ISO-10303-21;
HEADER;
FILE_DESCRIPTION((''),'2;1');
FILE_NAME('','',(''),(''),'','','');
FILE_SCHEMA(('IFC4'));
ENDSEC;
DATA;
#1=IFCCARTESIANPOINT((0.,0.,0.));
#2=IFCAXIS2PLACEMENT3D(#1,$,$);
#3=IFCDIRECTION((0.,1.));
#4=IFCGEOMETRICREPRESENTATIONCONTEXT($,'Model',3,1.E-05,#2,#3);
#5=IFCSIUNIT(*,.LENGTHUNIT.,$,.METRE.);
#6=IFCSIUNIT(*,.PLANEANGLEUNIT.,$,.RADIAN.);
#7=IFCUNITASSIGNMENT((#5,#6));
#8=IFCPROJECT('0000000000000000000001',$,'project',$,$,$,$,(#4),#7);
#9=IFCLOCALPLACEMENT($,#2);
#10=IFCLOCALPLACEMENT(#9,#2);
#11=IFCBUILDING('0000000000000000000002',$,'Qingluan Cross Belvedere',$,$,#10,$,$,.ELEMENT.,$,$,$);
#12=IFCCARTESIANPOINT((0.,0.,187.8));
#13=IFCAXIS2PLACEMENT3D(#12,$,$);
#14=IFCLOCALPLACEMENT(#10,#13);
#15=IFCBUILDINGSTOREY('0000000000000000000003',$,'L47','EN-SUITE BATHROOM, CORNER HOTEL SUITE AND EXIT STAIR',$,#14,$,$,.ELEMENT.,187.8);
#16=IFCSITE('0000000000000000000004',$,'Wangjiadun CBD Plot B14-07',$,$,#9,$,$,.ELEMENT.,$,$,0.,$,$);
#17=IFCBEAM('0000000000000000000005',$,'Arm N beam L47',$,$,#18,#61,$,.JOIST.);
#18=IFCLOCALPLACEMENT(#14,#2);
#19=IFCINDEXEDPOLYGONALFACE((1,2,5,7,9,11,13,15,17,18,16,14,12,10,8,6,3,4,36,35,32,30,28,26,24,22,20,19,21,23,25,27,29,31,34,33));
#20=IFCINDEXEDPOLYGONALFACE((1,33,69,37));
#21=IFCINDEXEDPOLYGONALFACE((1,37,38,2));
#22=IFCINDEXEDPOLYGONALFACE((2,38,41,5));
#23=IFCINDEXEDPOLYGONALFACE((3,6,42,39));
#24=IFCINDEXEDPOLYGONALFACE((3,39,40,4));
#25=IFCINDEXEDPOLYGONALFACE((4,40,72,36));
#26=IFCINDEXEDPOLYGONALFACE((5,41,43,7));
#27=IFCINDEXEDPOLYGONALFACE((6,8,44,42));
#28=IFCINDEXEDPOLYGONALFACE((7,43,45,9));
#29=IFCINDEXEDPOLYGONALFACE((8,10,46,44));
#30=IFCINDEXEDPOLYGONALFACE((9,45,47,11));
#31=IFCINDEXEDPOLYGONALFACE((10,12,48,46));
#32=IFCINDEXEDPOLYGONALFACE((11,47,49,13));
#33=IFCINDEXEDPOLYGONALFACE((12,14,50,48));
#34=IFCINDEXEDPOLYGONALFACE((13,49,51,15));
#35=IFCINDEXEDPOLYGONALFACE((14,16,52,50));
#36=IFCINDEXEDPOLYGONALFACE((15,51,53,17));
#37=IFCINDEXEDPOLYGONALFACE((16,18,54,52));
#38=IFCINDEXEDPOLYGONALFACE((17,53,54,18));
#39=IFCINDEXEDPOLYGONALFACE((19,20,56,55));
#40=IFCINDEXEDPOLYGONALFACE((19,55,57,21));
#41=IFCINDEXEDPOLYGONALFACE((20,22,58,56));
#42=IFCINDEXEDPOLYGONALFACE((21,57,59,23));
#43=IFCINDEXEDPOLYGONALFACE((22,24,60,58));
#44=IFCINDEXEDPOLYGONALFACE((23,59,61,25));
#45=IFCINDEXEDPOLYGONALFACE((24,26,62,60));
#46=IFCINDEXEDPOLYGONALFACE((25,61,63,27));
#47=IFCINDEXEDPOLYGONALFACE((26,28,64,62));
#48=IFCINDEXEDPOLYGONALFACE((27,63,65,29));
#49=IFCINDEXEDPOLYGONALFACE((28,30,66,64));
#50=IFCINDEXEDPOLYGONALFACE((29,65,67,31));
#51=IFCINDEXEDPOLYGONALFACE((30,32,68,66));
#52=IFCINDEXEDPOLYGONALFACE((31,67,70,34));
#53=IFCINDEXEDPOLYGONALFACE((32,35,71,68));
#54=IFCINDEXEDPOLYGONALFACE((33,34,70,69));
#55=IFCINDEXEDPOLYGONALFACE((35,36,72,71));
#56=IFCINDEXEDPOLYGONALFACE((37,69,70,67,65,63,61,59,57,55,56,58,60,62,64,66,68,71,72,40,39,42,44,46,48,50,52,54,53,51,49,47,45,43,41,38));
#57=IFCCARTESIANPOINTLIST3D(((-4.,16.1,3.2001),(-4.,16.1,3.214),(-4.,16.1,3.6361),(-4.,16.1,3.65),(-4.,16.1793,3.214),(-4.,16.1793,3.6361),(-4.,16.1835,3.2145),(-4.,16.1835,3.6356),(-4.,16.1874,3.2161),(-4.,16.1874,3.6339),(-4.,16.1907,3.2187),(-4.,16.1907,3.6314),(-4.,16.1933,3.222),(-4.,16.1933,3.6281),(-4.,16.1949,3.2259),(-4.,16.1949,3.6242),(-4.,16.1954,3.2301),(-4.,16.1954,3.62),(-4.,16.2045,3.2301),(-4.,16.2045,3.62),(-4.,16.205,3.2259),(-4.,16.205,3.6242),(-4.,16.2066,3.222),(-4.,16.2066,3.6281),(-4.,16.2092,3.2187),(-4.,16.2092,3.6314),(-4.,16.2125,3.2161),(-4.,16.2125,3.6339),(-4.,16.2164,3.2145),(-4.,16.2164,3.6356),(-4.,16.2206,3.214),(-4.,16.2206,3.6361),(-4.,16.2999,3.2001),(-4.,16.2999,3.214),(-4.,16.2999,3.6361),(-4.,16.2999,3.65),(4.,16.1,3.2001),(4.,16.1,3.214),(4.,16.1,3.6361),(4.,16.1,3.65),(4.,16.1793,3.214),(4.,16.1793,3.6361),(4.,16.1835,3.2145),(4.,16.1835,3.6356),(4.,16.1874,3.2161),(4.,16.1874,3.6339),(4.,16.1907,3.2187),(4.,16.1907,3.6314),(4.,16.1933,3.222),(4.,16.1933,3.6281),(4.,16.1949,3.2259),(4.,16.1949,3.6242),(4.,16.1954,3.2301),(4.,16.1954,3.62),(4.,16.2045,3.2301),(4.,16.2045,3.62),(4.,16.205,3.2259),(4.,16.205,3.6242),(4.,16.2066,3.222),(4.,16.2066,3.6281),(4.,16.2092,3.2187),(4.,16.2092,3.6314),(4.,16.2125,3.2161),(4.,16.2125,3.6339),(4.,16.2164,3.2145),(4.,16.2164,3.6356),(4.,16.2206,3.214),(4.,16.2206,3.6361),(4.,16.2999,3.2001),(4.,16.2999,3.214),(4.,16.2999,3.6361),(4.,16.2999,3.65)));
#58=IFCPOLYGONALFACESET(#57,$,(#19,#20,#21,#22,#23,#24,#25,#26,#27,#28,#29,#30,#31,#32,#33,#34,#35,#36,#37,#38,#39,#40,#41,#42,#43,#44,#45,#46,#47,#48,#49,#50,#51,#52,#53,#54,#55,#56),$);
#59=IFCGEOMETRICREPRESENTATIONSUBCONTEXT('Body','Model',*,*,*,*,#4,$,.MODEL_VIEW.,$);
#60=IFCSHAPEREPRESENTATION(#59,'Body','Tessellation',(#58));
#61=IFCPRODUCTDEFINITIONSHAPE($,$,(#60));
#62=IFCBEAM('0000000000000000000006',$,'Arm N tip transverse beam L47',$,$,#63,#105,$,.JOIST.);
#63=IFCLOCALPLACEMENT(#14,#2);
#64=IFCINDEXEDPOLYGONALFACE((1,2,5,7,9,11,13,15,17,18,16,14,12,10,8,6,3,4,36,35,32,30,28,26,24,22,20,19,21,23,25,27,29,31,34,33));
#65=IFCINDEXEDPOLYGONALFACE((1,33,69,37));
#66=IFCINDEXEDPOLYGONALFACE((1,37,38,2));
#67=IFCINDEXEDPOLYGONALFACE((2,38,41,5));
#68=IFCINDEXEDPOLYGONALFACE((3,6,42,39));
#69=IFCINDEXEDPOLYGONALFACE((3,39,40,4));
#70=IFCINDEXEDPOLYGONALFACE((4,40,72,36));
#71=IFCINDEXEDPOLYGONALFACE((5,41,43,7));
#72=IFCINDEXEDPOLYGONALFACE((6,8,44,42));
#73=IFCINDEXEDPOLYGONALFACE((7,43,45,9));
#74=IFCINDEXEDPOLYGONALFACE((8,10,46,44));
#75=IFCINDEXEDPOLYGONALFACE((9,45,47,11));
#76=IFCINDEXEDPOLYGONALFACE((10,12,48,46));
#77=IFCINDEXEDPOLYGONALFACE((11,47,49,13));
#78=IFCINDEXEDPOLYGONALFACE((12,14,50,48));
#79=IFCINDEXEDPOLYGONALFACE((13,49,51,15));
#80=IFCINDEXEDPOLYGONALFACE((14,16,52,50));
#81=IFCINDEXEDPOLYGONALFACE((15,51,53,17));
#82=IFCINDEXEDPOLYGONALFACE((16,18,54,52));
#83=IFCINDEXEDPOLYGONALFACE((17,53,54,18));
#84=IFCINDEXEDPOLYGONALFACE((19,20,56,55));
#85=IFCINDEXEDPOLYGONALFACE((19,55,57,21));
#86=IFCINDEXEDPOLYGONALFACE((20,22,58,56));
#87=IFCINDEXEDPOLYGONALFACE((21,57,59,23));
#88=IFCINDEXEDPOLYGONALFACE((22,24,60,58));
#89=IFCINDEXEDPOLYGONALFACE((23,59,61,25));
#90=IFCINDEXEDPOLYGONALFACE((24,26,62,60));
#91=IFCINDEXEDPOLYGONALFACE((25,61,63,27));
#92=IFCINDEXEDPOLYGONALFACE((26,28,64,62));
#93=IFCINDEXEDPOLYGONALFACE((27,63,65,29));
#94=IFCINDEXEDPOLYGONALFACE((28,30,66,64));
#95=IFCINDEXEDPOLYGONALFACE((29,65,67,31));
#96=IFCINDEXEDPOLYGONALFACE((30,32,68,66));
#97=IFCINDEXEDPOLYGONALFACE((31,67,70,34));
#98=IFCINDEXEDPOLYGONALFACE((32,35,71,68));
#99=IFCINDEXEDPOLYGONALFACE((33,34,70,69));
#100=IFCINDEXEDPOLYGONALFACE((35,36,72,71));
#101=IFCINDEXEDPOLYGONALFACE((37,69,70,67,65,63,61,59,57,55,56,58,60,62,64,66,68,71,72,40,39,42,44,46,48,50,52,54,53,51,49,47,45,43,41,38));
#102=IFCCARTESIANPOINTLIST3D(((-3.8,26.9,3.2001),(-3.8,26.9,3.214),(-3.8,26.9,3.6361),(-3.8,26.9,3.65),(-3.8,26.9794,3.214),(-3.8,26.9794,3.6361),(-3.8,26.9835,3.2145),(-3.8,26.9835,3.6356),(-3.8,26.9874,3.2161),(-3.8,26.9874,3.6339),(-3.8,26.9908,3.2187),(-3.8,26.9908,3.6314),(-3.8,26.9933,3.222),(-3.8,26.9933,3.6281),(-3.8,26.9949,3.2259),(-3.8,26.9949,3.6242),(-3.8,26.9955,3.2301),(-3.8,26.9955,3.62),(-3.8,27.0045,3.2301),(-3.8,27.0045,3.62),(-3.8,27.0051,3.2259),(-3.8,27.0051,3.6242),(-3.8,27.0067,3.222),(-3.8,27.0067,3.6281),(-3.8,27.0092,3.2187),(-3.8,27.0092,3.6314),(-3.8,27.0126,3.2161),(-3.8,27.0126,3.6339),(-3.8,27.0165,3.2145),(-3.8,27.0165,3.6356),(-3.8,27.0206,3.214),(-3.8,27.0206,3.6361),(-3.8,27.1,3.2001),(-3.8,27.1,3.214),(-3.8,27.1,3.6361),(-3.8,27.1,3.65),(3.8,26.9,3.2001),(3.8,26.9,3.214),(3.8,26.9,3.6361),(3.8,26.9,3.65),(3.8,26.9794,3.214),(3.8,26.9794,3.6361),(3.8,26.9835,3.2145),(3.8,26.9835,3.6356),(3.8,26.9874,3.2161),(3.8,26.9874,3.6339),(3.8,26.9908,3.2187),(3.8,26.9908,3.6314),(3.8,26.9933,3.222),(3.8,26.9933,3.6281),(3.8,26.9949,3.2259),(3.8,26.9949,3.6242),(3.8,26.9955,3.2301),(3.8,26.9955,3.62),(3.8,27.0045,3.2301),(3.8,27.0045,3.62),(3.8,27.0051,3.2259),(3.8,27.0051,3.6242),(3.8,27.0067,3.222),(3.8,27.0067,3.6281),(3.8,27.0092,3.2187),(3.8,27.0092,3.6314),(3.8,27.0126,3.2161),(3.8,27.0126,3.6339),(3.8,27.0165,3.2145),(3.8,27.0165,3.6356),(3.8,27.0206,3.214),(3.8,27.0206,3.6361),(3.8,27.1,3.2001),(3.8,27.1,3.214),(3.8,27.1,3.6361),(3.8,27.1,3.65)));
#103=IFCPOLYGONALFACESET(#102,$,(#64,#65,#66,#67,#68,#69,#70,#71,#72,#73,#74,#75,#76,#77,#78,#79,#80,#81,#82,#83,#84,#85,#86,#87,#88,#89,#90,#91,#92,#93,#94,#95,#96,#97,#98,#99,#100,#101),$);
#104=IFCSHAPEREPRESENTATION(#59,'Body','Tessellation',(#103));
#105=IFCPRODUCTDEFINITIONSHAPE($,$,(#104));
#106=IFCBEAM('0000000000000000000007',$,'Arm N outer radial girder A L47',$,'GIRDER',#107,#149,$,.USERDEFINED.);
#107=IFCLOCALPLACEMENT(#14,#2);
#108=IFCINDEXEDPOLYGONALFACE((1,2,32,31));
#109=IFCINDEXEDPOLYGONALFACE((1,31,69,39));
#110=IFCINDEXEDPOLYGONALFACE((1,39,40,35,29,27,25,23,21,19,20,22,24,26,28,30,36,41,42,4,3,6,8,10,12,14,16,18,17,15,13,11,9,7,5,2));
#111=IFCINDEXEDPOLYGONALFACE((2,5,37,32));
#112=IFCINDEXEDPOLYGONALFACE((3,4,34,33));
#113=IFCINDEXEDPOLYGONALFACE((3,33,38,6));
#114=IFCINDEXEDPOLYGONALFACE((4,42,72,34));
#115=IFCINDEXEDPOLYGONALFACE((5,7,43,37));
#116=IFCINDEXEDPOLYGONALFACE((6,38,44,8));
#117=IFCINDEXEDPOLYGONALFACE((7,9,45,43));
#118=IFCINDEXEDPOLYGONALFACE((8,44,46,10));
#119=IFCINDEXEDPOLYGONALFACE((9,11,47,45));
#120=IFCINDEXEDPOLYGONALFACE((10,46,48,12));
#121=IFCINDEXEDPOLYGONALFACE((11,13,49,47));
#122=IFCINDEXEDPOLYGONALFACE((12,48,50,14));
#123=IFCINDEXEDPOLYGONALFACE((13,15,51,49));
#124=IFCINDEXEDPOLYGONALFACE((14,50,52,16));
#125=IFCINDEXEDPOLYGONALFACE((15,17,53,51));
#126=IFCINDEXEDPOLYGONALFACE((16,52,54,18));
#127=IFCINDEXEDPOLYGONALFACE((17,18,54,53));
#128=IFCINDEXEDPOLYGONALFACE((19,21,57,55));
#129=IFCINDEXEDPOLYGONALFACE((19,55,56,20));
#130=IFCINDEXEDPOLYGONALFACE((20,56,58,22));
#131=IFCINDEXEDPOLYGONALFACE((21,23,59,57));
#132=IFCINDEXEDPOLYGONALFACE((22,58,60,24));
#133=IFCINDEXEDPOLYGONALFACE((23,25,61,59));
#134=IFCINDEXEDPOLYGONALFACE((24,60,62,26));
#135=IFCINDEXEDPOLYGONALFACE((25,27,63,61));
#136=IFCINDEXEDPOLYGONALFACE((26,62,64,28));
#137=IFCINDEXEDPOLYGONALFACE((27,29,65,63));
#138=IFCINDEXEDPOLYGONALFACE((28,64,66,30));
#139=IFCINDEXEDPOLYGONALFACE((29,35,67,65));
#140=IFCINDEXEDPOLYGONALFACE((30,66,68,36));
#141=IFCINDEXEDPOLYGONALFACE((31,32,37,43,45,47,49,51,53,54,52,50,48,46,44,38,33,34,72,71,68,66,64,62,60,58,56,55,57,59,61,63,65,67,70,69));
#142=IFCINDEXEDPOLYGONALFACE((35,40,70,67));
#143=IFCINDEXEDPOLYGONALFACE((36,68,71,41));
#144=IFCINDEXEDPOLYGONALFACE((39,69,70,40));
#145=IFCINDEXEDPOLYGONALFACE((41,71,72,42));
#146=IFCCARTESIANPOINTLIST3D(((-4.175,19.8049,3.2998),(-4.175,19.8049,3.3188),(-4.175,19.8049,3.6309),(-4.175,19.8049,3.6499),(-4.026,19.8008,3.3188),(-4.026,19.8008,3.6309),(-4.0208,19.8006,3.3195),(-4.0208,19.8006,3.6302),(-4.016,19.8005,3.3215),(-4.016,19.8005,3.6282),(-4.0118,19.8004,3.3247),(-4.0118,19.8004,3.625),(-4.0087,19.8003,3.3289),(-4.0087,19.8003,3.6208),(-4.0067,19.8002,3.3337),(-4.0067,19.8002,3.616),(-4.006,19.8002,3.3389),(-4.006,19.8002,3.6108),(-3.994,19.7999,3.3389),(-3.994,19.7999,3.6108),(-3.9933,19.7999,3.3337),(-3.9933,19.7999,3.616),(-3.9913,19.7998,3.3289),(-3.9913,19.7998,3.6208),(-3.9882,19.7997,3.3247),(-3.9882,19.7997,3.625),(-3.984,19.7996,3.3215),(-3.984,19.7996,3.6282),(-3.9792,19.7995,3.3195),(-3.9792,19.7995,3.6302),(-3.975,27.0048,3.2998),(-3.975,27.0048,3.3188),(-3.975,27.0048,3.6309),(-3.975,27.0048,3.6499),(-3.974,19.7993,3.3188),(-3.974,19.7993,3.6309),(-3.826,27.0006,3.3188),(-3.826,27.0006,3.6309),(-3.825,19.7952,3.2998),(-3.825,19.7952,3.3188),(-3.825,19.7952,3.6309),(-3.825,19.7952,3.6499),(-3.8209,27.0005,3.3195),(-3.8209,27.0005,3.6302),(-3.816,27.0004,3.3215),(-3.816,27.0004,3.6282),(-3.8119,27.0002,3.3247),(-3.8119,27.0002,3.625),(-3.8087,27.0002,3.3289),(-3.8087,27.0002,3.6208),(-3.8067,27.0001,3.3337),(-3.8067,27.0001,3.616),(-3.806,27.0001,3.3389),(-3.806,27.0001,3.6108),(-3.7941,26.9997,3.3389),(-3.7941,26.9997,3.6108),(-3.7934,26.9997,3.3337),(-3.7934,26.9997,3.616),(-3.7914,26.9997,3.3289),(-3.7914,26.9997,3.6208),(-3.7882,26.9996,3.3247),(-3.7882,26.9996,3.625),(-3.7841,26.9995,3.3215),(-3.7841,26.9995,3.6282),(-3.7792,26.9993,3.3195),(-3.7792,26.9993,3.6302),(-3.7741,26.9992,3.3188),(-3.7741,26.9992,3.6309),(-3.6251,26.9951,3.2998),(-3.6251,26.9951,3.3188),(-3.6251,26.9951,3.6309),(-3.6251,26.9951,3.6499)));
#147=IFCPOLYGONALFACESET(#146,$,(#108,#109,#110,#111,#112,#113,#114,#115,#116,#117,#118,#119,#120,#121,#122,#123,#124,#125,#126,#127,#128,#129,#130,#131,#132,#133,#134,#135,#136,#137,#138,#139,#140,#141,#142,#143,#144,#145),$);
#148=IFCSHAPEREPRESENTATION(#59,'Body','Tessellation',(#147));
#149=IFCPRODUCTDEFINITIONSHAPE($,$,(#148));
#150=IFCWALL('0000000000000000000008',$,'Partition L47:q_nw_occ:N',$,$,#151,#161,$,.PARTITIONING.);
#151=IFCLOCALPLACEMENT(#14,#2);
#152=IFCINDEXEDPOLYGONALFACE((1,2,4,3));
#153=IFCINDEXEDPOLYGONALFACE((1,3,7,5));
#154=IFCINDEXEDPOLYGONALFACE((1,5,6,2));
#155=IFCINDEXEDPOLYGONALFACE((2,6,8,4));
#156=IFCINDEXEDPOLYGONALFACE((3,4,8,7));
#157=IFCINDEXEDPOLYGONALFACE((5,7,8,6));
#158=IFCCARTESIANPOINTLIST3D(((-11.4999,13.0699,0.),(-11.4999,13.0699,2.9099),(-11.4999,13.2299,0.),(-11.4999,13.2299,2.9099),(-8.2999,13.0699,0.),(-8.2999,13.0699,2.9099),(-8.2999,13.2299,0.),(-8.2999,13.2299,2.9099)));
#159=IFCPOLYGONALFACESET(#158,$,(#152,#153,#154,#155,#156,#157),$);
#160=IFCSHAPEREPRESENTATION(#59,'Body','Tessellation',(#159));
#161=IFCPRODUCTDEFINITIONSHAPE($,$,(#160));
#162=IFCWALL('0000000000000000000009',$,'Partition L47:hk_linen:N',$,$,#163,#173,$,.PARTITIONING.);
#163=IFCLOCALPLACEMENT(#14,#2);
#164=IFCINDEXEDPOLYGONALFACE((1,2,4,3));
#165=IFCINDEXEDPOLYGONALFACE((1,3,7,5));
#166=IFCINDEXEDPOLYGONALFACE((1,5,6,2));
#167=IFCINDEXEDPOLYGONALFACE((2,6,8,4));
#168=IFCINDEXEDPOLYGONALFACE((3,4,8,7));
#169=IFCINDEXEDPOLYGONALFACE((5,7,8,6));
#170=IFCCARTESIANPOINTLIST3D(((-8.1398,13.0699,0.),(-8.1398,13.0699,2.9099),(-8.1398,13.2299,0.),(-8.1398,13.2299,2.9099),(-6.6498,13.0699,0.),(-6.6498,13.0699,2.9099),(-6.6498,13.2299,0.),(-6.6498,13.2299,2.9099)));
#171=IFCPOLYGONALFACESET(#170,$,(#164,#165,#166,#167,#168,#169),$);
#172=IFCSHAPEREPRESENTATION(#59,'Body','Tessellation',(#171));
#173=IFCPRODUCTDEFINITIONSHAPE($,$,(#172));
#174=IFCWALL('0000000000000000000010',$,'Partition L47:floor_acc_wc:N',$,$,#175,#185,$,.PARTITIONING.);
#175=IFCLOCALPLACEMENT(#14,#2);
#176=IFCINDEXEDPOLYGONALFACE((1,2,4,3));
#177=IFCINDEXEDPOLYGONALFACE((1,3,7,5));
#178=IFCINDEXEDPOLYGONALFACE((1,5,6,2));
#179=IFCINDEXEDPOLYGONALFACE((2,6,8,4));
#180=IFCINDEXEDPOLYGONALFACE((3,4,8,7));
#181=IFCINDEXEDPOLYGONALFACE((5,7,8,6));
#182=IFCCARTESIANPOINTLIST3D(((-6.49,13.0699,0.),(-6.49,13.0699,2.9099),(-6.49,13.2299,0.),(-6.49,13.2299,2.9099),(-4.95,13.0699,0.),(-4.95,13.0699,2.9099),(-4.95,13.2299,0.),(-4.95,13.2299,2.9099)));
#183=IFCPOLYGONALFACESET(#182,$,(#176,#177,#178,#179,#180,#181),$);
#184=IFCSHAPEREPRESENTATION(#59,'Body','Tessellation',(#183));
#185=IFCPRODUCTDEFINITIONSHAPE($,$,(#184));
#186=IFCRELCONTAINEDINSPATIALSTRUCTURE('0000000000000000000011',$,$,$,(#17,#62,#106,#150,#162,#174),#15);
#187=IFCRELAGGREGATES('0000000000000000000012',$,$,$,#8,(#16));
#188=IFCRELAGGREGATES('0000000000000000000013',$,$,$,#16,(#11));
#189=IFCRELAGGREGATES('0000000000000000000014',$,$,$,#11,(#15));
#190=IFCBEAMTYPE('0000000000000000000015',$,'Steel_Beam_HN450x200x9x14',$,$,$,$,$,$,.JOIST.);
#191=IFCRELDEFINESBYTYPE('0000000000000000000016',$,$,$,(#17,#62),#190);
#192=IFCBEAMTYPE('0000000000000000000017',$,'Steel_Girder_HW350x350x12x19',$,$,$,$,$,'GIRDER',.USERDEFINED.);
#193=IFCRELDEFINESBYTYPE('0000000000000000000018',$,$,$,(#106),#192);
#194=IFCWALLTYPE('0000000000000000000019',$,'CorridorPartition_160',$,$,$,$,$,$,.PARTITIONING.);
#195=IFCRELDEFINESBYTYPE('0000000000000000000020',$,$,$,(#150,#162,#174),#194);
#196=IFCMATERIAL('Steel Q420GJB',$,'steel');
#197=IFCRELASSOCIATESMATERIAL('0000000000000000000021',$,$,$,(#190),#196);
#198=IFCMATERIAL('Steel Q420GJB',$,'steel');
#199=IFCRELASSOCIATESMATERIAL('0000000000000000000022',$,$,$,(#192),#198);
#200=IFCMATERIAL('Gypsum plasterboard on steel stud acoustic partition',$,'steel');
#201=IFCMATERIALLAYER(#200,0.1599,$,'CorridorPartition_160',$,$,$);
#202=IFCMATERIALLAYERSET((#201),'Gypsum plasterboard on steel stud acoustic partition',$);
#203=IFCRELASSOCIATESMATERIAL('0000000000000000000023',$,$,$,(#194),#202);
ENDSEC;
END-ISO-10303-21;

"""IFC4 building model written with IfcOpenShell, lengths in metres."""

from ifc_helpers import new_model, si_unit, direction, frame, frame_2d, origin, origin_2d, place, context, subcontext, project, spatial, rectangle, i_section, extrude, material, layer, layer_set, material_profile, profile_set, type_object, element, save


model = new_model("IFC4")

# Units and contexts
model_context = context("Model", 3, precision=1e-05, world=origin(), true_north=direction((0.0, 1.0)))
body_context = subcontext(model_context, "Body", "Model", "MODEL_VIEW")
ifc_project = project(units=[si_unit("LENGTHUNIT", "METRE"), si_unit("PLANEANGLEUNIT", "RADIAN")], contexts=[model_context])

# Site, building, storey
site_placement = place(None, origin())
site = spatial("IfcSite", under=ifc_project, at=site_placement, Name="Wangjiadun CBD Plot B14-07", CompositionType="ELEMENT", RefElevation=0.0)
building_placement = place(site_placement, origin())
building = spatial("IfcBuilding", under=site, at=building_placement, Name="Qingluan Cross Belvedere", CompositionType="ELEMENT")
storey_placement = place(building_placement, frame((0.0, 0.0, 187.8)))
storey = spatial("IfcBuildingStorey", under=building, at=storey_placement, Name="L47", Description="EN-SUITE BATHROOM, CORNER HOTEL SUITE AND EXIT STAIR", CompositionType="ELEMENT", Elevation=187.8)

# Beams
ifc_material_1 = material(Name="Steel Q420GJB", Category="steel")
ifc_material_profile_1 = material_profile(ifc_material_1, i_section(OverallWidth=0.2, OverallDepth=0.45, WebThickness=0.009, FlangeThickness=0.0139, FilletRadius=0.0161, at=origin_2d()), Name="HN450x200x9x14")
ifc_profile_set_1 = profile_set([ifc_material_profile_1], Name="Steel Q420GJB")
beam_type_1 = type_object("IfcBeamType", Name="Steel_Beam_HN450x200x9x14", PredefinedType="JOIST", material=ifc_profile_set_1)
for number, where, z_axis, x_axis, name in (
    (1, (-4.0, 16.2, 3.425), (1.0, 0.0, 0.0), (0.0, 1.0, 0.0), "Arm N beam L47"),
):
    element("IfcBeam", number, at=place(storey_placement, frame(where, z_axis=z_axis, x_axis=x_axis)), inside=storey, type_object=beam_type_1, Name=name, PredefinedType="JOIST", context=body_context, shape_type="SweptSolid", body=[
        extrude(i_section(OverallWidth=0.2, OverallDepth=0.45, WebThickness=0.009, FlangeThickness=0.0139, FilletRadius=0.0161, at=origin_2d()), origin(), (0.0, 0.0, 1.0), 8.0),
    ])
beam_1_placement = place(storey_placement, frame((-3.8, 27.0, 3.425), z_axis=(1.0, 0.0, 0.0), x_axis=(0.0, 1.0, 0.0)))
element("IfcBeam", 2, at=beam_1_placement, inside=storey, type_object=beam_type_1, Name="Arm N tip transverse beam L47", PredefinedType="JOIST", context=body_context, shape_type="SweptSolid", body=[
    extrude(i_section(OverallWidth=0.2, OverallDepth=0.45, WebThickness=0.009, FlangeThickness=0.0139, FilletRadius=0.0161, at=origin_2d()), origin(), (0.0, 0.0, 1.0), 7.6001),
])
ifc_material_2 = material(Name="Steel Q420GJB", Category="steel")
ifc_material_profile_2 = material_profile(ifc_material_2, i_section(OverallWidth=0.3501, OverallDepth=0.3501, WebThickness=0.012, FlangeThickness=0.019, FilletRadius=0.02, at=origin_2d()), Name="HW350x350x12x19")
ifc_profile_set_2 = profile_set([ifc_material_profile_2], Name="Steel Q420GJB")
beam_type_2 = type_object("IfcBeamType", Name="Steel_Girder_HW350x350x12x19", ElementType="GIRDER", PredefinedType="USERDEFINED", material=ifc_profile_set_2)
beam_2_placement = place(storey_placement, frame((-4.0, 19.8, 3.4749), z_axis=(0.02776, 0.999615, 0.0), x_axis=(-0.999615, 0.02776, 0.0)))
element("IfcBeam", 3, at=beam_2_placement, inside=storey, type_object=beam_type_2, Name="Arm N outer radial girder A L47", ObjectType="GIRDER", PredefinedType="USERDEFINED", context=body_context, shape_type="SweptSolid", body=[
    extrude(i_section(OverallWidth=0.3501, OverallDepth=0.3501, WebThickness=0.012, FlangeThickness=0.019, FilletRadius=0.02, at=origin_2d()), origin(), (0.0, 0.0, 1.0), 7.2026),
])

# Walls
ifc_material_3 = material(Name="Gypsum plasterboard on steel stud acoustic partition", Category="steel")
ifc_layer_1 = layer(ifc_material_3, 0.1599, Name="CorridorPartition_160")
ifc_layer_set_1 = layer_set([ifc_layer_1], Name="Gypsum plasterboard on steel stud acoustic partition")
wall_type_1 = type_object("IfcWallType", Name="CorridorPartition_160", PredefinedType="PARTITIONING", material=ifc_layer_set_1)
wall_1_placement = place(storey_placement, frame((-11.5, 13.1499, 0.0), z_axis=(0.0, 0.0, 1.0), x_axis=(1.0, 0.0, 0.0)))
element("IfcWall", 4, at=wall_1_placement, inside=storey, type_object=wall_type_1, Name="Partition L47:q_nw_occ:N", PredefinedType="PARTITIONING", context=body_context, shape_type="SweptSolid", body=[
    extrude(rectangle(XDim=3.2, YDim=0.1599, at=frame_2d((1.6001, 0.0))), origin(), (0.0, 0.0, 1.0), 2.9099),
])
wall_2_placement = place(storey_placement, frame((-8.1399, 13.1499, 0.0), z_axis=(0.0, 0.0, 1.0), x_axis=(1.0, 0.0, 0.0)))
element("IfcWall", 5, at=wall_2_placement, inside=storey, type_object=wall_type_1, Name="Partition L47:hk_linen:N", PredefinedType="PARTITIONING", context=body_context, shape_type="SweptSolid", body=[
    extrude(rectangle(XDim=1.49, YDim=0.1599, at=frame_2d((0.7451, 0.0))), origin(), (0.0, 0.0, 1.0), 2.9099),
])
wall_3_placement = place(storey_placement, frame((-6.49, 13.1499, 0.0), z_axis=(0.0, 0.0, 1.0), x_axis=(1.0, 0.0, 0.0)))
element("IfcWall", 6, at=wall_3_placement, inside=storey, type_object=wall_type_1, Name="Partition L47:floor_acc_wc:N", PredefinedType="PARTITIONING", context=body_context, shape_type="SweptSolid", body=[
    extrude(rectangle(XDim=1.54, YDim=0.1599, at=frame_2d((0.77, 0.0))), origin(), (0.0, 0.0, 1.0), 2.9099),
])

save(model, "model.ifc")
